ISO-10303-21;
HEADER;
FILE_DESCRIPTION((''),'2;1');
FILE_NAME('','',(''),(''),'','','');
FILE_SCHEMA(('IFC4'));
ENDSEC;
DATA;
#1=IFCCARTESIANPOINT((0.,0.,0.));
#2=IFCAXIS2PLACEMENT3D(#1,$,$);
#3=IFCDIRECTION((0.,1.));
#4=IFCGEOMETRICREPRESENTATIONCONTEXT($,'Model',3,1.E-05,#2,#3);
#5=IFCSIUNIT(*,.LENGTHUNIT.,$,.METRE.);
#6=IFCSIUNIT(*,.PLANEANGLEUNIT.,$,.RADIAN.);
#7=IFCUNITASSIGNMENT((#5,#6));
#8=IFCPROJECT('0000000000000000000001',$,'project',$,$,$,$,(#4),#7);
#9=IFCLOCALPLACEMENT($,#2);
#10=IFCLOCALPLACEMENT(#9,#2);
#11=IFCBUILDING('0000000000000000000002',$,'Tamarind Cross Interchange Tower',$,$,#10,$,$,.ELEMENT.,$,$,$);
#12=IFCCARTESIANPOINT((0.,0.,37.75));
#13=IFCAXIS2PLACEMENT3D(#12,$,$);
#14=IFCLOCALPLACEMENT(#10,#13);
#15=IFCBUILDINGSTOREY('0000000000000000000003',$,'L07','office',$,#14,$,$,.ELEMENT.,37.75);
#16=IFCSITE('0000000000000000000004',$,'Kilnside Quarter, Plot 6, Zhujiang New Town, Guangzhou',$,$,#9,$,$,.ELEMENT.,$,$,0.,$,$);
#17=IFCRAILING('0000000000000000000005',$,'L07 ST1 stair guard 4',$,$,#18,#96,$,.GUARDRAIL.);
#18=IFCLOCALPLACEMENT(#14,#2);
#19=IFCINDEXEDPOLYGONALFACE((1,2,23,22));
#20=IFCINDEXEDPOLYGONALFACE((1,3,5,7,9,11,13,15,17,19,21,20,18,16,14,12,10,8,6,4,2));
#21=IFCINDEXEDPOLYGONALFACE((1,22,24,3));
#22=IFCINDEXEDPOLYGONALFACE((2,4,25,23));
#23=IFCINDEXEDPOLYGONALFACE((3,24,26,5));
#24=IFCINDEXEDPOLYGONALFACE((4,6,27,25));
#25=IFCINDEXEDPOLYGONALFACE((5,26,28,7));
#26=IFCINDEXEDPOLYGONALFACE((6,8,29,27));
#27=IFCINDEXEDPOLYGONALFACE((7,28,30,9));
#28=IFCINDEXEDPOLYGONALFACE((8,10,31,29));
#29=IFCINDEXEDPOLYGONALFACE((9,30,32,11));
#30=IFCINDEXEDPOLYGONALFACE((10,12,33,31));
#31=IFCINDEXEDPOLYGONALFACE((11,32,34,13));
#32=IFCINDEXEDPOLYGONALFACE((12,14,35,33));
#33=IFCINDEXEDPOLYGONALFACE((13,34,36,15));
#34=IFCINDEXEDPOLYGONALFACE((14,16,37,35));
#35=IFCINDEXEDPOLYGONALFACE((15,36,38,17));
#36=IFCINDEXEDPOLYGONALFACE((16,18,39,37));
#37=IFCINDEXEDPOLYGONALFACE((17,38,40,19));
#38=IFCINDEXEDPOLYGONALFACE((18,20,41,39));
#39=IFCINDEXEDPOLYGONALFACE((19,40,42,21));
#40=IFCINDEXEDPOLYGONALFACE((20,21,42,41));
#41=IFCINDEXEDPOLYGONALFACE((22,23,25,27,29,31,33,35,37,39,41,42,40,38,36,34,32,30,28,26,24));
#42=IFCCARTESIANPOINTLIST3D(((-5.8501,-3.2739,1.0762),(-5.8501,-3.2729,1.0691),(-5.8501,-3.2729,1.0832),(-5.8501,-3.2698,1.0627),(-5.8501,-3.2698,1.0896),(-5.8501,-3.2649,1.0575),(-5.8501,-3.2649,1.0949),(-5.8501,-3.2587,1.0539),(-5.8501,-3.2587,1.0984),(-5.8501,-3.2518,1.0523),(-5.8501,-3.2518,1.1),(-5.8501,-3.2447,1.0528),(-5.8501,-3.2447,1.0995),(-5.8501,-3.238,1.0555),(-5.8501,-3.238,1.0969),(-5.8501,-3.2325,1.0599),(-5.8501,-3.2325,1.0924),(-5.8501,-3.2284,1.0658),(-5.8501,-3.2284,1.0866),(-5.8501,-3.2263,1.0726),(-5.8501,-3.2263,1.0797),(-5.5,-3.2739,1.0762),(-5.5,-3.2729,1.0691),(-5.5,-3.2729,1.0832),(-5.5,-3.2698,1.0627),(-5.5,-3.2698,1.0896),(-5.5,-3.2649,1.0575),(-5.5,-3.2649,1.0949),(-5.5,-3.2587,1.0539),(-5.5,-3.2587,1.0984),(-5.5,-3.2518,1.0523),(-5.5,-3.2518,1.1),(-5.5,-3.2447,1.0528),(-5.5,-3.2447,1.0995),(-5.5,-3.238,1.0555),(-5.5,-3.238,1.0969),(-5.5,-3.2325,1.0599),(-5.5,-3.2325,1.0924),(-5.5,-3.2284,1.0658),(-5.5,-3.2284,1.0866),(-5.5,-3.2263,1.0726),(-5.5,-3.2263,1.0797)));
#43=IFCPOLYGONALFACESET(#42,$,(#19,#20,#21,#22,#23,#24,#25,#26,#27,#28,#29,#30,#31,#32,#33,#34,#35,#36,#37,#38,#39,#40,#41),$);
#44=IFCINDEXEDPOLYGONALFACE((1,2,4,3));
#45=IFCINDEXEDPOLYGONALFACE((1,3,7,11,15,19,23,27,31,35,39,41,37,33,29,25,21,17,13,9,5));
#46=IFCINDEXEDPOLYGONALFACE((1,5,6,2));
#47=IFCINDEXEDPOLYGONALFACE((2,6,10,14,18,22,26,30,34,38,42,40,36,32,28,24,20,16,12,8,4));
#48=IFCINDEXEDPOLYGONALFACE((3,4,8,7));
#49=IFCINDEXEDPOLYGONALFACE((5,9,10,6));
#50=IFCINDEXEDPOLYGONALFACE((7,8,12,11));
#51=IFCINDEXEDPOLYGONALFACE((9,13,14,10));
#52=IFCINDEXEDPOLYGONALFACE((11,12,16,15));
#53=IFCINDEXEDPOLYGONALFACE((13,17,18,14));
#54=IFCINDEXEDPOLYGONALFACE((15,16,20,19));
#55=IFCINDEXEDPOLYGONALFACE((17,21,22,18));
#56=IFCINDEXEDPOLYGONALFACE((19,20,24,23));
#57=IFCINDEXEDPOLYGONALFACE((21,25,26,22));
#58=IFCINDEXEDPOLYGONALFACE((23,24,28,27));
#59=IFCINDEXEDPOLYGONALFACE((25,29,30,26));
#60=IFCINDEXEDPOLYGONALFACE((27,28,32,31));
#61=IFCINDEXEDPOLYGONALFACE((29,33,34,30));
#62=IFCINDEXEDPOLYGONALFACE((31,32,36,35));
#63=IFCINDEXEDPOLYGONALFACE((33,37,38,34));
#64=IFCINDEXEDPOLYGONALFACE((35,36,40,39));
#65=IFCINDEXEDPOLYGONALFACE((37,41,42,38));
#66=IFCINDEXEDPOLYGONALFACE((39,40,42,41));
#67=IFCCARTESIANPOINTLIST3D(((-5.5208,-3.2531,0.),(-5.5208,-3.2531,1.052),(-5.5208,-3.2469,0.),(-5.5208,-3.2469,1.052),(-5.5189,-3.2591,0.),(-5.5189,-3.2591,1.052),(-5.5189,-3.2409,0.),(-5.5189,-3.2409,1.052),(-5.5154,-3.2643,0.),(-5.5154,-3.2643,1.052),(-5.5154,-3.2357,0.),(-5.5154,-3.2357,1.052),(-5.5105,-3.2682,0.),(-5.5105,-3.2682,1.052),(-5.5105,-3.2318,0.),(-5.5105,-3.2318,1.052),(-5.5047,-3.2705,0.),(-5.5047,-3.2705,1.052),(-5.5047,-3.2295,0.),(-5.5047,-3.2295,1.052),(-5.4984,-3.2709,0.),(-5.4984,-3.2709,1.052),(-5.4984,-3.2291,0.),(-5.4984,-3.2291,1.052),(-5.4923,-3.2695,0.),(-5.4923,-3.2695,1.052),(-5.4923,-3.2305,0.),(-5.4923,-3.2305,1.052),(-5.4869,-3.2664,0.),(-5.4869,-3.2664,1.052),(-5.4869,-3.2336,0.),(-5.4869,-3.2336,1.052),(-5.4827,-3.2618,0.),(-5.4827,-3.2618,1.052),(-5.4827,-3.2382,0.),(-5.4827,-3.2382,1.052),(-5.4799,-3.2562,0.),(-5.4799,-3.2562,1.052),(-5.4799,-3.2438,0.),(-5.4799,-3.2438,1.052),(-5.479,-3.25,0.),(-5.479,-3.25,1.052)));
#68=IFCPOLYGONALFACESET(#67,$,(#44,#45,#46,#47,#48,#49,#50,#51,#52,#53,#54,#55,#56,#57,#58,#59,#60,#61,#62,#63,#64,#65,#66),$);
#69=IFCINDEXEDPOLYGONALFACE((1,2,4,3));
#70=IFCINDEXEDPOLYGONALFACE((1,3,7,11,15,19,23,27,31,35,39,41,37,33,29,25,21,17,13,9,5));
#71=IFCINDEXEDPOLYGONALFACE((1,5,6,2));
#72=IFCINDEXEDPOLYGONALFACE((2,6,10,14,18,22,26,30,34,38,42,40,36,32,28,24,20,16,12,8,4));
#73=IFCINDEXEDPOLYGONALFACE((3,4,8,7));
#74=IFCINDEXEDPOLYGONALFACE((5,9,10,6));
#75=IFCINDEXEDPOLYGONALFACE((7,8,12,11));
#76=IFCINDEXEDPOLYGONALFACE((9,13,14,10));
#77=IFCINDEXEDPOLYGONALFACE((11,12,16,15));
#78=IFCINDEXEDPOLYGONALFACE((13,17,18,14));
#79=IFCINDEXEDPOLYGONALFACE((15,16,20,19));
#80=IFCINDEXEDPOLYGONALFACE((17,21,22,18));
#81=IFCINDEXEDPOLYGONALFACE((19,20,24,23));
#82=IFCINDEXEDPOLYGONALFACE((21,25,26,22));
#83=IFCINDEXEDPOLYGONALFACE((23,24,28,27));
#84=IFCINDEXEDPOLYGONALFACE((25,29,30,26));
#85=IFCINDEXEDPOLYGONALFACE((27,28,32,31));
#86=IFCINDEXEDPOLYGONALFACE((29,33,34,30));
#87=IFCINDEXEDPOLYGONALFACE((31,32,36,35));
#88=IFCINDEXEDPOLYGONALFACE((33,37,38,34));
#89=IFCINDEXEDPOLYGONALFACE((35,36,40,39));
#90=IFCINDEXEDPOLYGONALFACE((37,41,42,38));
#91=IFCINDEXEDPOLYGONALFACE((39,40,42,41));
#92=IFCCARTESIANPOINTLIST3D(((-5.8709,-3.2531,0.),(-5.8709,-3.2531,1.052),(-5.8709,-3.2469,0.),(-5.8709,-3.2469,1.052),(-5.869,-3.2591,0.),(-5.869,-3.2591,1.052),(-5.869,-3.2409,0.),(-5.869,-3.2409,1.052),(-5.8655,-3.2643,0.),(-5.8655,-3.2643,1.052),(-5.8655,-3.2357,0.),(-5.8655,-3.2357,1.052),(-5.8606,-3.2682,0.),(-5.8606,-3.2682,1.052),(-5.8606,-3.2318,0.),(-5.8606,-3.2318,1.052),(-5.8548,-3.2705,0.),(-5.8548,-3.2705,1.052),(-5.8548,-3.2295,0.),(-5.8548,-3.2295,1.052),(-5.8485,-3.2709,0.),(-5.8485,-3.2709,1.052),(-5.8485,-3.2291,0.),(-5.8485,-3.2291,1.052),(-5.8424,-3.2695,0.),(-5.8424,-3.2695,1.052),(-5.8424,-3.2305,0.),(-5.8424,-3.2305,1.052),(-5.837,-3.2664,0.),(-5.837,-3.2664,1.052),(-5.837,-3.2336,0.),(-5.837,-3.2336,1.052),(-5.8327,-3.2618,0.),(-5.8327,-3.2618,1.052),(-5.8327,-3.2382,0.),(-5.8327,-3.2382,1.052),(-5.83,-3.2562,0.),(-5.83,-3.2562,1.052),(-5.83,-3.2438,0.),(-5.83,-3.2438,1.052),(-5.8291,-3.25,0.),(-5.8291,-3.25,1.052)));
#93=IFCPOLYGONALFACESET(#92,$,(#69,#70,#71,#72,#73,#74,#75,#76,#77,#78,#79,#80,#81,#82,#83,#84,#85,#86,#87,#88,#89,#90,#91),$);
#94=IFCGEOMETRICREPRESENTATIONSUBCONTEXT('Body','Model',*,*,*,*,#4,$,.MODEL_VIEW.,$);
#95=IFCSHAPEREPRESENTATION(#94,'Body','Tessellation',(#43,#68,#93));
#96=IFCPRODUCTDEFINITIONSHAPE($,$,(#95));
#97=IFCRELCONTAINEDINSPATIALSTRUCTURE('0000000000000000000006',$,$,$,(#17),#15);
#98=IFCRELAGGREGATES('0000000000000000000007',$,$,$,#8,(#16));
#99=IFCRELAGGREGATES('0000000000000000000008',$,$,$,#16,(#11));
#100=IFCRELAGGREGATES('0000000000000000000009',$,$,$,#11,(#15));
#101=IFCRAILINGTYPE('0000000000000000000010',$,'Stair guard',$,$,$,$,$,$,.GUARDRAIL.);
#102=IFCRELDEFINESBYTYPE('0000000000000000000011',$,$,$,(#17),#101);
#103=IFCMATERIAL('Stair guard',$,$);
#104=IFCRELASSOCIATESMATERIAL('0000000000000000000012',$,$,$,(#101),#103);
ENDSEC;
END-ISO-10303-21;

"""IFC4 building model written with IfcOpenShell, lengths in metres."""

from ifc_helpers import new_model, si_unit, direction, frame, origin, origin_2d, place, context, subcontext, project, spatial, circle, extrude, material, type_object, element, save


model = new_model("IFC4")

# Units and contexts
model_context = context("Model", 3, precision=1e-05, world=origin(), true_north=direction((0.0, 1.0)))
body_context = subcontext(model_context, "Body", "Model", "MODEL_VIEW")
ifc_project = project(units=[si_unit("LENGTHUNIT", "METRE"), si_unit("PLANEANGLEUNIT", "RADIAN")], contexts=[model_context])

# Site, building, storey
site_placement = place(None, origin())
site = spatial("IfcSite", under=ifc_project, at=site_placement, Name="Kilnside Quarter, Plot 6, Zhujiang New Town, Guangzhou", CompositionType="ELEMENT", RefElevation=0.0)
building_placement = place(site_placement, origin())
building = spatial("IfcBuilding", under=site, at=building_placement, Name="Tamarind Cross Interchange Tower", CompositionType="ELEMENT")
storey_placement = place(building_placement, frame((0.0, 0.0, 37.75)))
storey = spatial("IfcBuildingStorey", under=building, at=storey_placement, Name="L07", Description="office", CompositionType="ELEMENT", Elevation=37.75)

# Railing
ifc_material_1 = material(Name="Stair guard")
railing_type_1 = type_object("IfcRailingType", Name="Stair guard", PredefinedType="GUARDRAIL", material=ifc_material_1)
railing_1_placement = place(storey_placement, frame((-5.5, -3.25, 0.0)))
element("IfcRailing", 1, at=railing_1_placement, inside=storey, type_object=railing_type_1, Name="L07 ST1 stair guard 4", PredefinedType="GUARDRAIL", context=body_context, shape_type="SweptSolid", body=[
    extrude(circle(Radius=0.0239, at=origin_2d()), frame((0.0, 0.0, 1.0762), z_axis=(-1.0, 0.0, 0.0), x_axis=(0.0, -1.0, 0.0)), (0.0, 0.0, 1.0), 0.3501),
    extrude(circle(Radius=0.021, at=origin_2d()), origin(), (0.0, 0.0, 1.0), 1.052),
    extrude(circle(Radius=0.021, at=origin_2d()), frame((-0.3501, 0.0, 0.0)), (0.0, 0.0, 1.0), 1.052),
])

save(model, "model.ifc")
